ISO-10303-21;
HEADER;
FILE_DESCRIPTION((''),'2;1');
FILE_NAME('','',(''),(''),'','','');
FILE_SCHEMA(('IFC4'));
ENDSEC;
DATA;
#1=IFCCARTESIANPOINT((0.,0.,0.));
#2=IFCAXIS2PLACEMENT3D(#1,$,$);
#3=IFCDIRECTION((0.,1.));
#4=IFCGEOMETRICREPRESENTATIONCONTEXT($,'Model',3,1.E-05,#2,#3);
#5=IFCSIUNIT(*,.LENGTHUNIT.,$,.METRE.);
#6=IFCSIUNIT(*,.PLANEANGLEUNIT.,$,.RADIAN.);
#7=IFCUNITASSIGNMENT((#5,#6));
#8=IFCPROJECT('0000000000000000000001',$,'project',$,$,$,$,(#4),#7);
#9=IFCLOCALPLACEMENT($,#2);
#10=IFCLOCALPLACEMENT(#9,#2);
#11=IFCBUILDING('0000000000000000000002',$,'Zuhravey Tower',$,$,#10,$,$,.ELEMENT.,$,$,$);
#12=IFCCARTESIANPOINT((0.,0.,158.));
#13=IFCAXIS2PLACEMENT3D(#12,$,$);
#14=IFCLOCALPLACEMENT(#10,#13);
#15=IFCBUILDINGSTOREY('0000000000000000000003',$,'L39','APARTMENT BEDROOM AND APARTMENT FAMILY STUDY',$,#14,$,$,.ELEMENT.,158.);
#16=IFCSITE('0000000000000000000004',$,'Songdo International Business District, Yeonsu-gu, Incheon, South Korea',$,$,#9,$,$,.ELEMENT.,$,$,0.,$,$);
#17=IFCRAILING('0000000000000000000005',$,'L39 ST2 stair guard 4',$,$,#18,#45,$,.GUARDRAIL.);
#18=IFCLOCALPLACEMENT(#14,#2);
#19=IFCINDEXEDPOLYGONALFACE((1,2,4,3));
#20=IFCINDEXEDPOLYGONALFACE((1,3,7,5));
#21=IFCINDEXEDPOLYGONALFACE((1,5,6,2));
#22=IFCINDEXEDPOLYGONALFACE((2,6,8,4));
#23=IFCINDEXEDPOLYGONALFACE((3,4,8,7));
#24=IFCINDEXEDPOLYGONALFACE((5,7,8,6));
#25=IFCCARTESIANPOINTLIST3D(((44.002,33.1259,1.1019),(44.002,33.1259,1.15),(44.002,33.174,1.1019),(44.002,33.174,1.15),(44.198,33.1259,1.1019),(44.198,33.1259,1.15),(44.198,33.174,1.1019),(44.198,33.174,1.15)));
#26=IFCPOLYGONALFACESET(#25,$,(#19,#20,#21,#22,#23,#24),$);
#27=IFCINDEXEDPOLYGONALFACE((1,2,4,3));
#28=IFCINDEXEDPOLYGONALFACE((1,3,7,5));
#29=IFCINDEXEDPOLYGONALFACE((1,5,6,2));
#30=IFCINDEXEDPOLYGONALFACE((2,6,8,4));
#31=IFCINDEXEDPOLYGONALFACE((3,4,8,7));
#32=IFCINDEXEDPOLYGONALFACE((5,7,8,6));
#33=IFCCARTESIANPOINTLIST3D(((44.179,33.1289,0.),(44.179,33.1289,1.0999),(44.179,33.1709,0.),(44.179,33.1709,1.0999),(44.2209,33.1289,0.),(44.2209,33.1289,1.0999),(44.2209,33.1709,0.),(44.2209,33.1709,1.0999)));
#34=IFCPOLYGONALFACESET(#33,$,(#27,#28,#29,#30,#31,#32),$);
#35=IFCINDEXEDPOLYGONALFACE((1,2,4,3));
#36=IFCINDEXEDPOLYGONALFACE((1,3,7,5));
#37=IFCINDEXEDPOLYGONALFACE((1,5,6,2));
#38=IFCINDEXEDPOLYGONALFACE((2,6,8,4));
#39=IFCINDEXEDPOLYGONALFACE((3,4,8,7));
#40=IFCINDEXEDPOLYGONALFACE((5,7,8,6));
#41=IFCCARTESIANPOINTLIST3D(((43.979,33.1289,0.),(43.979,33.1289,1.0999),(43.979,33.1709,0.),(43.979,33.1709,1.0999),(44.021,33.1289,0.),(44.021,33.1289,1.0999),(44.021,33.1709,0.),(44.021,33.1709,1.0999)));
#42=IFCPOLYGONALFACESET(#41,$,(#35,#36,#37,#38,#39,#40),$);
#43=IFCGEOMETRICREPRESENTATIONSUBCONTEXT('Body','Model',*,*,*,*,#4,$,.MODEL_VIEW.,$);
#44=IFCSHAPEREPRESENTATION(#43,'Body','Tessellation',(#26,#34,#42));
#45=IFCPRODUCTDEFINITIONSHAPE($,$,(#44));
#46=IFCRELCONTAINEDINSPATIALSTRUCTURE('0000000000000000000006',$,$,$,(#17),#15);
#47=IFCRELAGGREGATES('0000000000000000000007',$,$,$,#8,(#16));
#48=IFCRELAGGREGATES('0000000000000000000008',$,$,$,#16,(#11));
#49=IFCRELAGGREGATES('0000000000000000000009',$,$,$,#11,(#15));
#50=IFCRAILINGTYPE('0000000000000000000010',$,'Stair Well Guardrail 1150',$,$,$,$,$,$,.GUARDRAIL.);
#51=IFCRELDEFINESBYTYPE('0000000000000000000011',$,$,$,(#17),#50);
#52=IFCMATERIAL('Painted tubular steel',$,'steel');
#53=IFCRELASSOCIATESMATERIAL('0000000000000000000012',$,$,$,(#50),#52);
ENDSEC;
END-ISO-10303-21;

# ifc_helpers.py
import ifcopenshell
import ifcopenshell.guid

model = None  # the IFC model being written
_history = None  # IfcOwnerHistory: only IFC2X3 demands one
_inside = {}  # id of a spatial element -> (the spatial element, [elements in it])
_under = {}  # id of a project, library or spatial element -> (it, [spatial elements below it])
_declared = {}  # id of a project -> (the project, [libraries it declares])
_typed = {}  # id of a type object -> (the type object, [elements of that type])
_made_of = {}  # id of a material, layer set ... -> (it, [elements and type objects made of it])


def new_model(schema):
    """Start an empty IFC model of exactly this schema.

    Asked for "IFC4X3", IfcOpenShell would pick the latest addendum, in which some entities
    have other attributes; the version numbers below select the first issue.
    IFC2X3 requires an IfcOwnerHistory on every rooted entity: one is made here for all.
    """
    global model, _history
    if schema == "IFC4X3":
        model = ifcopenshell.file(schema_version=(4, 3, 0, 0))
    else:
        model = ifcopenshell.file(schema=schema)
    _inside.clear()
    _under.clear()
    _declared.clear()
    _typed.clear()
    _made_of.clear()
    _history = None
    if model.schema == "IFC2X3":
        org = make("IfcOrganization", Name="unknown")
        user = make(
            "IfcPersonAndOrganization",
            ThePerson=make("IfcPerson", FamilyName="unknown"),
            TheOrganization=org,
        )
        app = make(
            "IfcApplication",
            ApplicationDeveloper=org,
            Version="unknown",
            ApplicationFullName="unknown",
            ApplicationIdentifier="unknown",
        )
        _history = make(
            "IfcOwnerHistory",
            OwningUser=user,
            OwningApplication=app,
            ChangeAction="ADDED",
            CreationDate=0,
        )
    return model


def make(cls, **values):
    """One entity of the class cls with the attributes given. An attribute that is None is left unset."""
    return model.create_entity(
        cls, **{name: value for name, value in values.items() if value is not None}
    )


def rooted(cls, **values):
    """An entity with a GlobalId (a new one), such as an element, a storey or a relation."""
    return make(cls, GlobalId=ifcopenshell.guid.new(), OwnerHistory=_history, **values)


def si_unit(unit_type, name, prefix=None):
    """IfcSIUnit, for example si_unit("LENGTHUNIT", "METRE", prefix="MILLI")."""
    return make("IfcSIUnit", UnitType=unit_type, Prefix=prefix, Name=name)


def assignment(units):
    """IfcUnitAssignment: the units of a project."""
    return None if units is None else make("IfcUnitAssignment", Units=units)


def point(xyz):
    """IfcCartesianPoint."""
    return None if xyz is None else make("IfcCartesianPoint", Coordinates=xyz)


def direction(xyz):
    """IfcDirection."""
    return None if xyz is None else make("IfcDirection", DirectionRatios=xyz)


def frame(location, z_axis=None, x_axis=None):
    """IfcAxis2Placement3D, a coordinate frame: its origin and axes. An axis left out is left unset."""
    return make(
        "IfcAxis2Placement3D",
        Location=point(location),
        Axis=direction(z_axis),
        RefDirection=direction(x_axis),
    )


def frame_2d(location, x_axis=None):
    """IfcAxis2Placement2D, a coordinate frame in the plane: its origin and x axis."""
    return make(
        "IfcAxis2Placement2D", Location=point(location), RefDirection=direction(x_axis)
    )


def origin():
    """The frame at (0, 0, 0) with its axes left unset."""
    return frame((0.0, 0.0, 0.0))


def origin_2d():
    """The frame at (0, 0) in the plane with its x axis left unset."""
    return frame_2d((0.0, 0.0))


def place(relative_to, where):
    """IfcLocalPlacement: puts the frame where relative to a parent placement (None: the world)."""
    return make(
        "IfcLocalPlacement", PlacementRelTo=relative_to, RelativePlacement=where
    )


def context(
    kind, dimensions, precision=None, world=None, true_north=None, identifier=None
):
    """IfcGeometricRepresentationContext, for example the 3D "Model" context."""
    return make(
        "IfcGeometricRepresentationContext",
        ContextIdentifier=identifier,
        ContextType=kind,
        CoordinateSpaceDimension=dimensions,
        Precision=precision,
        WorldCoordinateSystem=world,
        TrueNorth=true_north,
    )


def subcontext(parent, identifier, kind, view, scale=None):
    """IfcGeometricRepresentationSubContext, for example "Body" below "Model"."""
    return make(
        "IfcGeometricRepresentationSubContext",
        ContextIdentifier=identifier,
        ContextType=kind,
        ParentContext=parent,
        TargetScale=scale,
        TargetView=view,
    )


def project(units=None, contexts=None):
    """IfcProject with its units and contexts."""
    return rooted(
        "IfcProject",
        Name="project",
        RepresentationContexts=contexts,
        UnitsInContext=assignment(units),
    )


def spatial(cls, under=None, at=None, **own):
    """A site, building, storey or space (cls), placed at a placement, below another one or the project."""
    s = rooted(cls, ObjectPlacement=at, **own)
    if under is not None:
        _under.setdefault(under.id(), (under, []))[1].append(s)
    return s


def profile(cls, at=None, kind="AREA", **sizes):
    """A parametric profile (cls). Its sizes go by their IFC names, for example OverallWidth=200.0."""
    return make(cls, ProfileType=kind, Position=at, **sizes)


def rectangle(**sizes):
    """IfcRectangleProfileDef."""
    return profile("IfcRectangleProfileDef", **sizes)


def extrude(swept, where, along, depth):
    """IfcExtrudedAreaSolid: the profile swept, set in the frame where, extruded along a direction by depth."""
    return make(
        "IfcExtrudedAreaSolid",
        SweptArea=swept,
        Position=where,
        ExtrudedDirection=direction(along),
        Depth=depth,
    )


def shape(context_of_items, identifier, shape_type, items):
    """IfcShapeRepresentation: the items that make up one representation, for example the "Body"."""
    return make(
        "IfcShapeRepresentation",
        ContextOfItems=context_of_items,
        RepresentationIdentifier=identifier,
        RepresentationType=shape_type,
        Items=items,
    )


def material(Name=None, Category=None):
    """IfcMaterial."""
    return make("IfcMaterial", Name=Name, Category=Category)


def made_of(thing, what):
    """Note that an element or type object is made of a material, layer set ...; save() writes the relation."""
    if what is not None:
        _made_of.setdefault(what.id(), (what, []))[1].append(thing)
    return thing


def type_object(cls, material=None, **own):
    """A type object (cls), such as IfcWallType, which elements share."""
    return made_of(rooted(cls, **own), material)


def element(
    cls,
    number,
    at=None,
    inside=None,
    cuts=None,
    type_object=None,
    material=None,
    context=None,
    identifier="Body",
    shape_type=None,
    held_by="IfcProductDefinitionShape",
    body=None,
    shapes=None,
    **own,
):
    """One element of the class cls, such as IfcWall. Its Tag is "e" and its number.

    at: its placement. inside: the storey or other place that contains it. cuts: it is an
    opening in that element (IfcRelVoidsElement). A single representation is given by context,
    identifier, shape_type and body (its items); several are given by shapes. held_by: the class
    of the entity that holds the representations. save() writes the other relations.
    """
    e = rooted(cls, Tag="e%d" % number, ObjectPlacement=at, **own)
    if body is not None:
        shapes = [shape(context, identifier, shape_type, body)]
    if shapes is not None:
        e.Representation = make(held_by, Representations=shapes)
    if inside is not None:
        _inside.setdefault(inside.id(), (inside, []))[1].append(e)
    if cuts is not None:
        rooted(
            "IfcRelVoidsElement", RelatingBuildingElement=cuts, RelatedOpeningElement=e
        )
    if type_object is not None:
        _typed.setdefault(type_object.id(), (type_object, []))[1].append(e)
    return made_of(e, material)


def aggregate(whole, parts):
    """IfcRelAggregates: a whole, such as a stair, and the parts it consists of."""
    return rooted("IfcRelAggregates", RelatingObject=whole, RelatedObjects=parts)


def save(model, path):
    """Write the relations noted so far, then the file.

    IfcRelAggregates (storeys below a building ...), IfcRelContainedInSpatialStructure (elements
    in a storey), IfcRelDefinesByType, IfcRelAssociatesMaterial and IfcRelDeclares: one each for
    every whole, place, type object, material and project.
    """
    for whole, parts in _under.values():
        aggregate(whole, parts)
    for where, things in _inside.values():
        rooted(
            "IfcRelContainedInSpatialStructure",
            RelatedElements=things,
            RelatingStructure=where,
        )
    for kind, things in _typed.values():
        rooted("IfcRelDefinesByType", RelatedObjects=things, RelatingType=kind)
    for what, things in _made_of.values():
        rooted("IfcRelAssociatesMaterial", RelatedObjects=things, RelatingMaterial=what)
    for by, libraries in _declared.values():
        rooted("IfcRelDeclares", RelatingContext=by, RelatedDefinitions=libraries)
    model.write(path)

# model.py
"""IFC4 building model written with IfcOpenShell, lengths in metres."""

from ifc_helpers import new_model, si_unit, direction, frame, origin, origin_2d, place, context, subcontext, project, spatial, rectangle, extrude, material, type_object, element, save


model = new_model("IFC4")

# Units and contexts
model_context = context("Model", 3, precision=1e-05, world=origin(), true_north=direction((0.0, 1.0)))
body_context = subcontext(model_context, "Body", "Model", "MODEL_VIEW")
ifc_project = project(units=[si_unit("LENGTHUNIT", "METRE"), si_unit("PLANEANGLEUNIT", "RADIAN")], contexts=[model_context])

# Site, building, storey
site_placement = place(None, origin())
site = spatial("IfcSite", under=ifc_project, at=site_placement, Name="Songdo International Business District, Yeonsu-gu, Incheon, South Korea", CompositionType="ELEMENT", RefElevation=0.0)
building_placement = place(site_placement, origin())
building = spatial("IfcBuilding", under=site, at=building_placement, Name="Zuhravey Tower", CompositionType="ELEMENT")
storey_placement = place(building_placement, frame((0.0, 0.0, 158.0)))
storey = spatial("IfcBuildingStorey", under=building, at=storey_placement, Name="L39", Description="APARTMENT BEDROOM AND APARTMENT FAMILY STUDY", CompositionType="ELEMENT", Elevation=158.0)

# Railing
ifc_material_1 = material(Name="Painted tubular steel", Category="steel")
railing_type = type_object("IfcRailingType", Name="Stair Well Guardrail 1150", PredefinedType="GUARDRAIL", material=ifc_material_1)
railing_1_placement = place(storey_placement, frame((44.2, 33.1499, 0.0)))
element("IfcRailing", 1, at=railing_1_placement, inside=storey, type_object=railing_type, Name="L39 ST2 stair guard 4", PredefinedType="GUARDRAIL", context=body_context, shape_type="SweptSolid", body=[
    extrude(rectangle(XDim=0.0481, YDim=0.0481, at=origin_2d()), frame((-0.002, 0.0, 1.126), z_axis=(-1.0, 0.0, 0.0), x_axis=(0.0, -1.0, 0.0)), (0.0, 0.0, 1.0), 0.196),
    extrude(rectangle(XDim=0.042, YDim=0.042, at=origin_2d()), origin(), (0.0, 0.0, 1.0), 1.0999),
    extrude(rectangle(XDim=0.042, YDim=0.042, at=origin_2d()), frame((-0.2, 0.0, 0.0)), (0.0, 0.0, 1.0), 1.0999),
])

save(model, "model.ifc")
